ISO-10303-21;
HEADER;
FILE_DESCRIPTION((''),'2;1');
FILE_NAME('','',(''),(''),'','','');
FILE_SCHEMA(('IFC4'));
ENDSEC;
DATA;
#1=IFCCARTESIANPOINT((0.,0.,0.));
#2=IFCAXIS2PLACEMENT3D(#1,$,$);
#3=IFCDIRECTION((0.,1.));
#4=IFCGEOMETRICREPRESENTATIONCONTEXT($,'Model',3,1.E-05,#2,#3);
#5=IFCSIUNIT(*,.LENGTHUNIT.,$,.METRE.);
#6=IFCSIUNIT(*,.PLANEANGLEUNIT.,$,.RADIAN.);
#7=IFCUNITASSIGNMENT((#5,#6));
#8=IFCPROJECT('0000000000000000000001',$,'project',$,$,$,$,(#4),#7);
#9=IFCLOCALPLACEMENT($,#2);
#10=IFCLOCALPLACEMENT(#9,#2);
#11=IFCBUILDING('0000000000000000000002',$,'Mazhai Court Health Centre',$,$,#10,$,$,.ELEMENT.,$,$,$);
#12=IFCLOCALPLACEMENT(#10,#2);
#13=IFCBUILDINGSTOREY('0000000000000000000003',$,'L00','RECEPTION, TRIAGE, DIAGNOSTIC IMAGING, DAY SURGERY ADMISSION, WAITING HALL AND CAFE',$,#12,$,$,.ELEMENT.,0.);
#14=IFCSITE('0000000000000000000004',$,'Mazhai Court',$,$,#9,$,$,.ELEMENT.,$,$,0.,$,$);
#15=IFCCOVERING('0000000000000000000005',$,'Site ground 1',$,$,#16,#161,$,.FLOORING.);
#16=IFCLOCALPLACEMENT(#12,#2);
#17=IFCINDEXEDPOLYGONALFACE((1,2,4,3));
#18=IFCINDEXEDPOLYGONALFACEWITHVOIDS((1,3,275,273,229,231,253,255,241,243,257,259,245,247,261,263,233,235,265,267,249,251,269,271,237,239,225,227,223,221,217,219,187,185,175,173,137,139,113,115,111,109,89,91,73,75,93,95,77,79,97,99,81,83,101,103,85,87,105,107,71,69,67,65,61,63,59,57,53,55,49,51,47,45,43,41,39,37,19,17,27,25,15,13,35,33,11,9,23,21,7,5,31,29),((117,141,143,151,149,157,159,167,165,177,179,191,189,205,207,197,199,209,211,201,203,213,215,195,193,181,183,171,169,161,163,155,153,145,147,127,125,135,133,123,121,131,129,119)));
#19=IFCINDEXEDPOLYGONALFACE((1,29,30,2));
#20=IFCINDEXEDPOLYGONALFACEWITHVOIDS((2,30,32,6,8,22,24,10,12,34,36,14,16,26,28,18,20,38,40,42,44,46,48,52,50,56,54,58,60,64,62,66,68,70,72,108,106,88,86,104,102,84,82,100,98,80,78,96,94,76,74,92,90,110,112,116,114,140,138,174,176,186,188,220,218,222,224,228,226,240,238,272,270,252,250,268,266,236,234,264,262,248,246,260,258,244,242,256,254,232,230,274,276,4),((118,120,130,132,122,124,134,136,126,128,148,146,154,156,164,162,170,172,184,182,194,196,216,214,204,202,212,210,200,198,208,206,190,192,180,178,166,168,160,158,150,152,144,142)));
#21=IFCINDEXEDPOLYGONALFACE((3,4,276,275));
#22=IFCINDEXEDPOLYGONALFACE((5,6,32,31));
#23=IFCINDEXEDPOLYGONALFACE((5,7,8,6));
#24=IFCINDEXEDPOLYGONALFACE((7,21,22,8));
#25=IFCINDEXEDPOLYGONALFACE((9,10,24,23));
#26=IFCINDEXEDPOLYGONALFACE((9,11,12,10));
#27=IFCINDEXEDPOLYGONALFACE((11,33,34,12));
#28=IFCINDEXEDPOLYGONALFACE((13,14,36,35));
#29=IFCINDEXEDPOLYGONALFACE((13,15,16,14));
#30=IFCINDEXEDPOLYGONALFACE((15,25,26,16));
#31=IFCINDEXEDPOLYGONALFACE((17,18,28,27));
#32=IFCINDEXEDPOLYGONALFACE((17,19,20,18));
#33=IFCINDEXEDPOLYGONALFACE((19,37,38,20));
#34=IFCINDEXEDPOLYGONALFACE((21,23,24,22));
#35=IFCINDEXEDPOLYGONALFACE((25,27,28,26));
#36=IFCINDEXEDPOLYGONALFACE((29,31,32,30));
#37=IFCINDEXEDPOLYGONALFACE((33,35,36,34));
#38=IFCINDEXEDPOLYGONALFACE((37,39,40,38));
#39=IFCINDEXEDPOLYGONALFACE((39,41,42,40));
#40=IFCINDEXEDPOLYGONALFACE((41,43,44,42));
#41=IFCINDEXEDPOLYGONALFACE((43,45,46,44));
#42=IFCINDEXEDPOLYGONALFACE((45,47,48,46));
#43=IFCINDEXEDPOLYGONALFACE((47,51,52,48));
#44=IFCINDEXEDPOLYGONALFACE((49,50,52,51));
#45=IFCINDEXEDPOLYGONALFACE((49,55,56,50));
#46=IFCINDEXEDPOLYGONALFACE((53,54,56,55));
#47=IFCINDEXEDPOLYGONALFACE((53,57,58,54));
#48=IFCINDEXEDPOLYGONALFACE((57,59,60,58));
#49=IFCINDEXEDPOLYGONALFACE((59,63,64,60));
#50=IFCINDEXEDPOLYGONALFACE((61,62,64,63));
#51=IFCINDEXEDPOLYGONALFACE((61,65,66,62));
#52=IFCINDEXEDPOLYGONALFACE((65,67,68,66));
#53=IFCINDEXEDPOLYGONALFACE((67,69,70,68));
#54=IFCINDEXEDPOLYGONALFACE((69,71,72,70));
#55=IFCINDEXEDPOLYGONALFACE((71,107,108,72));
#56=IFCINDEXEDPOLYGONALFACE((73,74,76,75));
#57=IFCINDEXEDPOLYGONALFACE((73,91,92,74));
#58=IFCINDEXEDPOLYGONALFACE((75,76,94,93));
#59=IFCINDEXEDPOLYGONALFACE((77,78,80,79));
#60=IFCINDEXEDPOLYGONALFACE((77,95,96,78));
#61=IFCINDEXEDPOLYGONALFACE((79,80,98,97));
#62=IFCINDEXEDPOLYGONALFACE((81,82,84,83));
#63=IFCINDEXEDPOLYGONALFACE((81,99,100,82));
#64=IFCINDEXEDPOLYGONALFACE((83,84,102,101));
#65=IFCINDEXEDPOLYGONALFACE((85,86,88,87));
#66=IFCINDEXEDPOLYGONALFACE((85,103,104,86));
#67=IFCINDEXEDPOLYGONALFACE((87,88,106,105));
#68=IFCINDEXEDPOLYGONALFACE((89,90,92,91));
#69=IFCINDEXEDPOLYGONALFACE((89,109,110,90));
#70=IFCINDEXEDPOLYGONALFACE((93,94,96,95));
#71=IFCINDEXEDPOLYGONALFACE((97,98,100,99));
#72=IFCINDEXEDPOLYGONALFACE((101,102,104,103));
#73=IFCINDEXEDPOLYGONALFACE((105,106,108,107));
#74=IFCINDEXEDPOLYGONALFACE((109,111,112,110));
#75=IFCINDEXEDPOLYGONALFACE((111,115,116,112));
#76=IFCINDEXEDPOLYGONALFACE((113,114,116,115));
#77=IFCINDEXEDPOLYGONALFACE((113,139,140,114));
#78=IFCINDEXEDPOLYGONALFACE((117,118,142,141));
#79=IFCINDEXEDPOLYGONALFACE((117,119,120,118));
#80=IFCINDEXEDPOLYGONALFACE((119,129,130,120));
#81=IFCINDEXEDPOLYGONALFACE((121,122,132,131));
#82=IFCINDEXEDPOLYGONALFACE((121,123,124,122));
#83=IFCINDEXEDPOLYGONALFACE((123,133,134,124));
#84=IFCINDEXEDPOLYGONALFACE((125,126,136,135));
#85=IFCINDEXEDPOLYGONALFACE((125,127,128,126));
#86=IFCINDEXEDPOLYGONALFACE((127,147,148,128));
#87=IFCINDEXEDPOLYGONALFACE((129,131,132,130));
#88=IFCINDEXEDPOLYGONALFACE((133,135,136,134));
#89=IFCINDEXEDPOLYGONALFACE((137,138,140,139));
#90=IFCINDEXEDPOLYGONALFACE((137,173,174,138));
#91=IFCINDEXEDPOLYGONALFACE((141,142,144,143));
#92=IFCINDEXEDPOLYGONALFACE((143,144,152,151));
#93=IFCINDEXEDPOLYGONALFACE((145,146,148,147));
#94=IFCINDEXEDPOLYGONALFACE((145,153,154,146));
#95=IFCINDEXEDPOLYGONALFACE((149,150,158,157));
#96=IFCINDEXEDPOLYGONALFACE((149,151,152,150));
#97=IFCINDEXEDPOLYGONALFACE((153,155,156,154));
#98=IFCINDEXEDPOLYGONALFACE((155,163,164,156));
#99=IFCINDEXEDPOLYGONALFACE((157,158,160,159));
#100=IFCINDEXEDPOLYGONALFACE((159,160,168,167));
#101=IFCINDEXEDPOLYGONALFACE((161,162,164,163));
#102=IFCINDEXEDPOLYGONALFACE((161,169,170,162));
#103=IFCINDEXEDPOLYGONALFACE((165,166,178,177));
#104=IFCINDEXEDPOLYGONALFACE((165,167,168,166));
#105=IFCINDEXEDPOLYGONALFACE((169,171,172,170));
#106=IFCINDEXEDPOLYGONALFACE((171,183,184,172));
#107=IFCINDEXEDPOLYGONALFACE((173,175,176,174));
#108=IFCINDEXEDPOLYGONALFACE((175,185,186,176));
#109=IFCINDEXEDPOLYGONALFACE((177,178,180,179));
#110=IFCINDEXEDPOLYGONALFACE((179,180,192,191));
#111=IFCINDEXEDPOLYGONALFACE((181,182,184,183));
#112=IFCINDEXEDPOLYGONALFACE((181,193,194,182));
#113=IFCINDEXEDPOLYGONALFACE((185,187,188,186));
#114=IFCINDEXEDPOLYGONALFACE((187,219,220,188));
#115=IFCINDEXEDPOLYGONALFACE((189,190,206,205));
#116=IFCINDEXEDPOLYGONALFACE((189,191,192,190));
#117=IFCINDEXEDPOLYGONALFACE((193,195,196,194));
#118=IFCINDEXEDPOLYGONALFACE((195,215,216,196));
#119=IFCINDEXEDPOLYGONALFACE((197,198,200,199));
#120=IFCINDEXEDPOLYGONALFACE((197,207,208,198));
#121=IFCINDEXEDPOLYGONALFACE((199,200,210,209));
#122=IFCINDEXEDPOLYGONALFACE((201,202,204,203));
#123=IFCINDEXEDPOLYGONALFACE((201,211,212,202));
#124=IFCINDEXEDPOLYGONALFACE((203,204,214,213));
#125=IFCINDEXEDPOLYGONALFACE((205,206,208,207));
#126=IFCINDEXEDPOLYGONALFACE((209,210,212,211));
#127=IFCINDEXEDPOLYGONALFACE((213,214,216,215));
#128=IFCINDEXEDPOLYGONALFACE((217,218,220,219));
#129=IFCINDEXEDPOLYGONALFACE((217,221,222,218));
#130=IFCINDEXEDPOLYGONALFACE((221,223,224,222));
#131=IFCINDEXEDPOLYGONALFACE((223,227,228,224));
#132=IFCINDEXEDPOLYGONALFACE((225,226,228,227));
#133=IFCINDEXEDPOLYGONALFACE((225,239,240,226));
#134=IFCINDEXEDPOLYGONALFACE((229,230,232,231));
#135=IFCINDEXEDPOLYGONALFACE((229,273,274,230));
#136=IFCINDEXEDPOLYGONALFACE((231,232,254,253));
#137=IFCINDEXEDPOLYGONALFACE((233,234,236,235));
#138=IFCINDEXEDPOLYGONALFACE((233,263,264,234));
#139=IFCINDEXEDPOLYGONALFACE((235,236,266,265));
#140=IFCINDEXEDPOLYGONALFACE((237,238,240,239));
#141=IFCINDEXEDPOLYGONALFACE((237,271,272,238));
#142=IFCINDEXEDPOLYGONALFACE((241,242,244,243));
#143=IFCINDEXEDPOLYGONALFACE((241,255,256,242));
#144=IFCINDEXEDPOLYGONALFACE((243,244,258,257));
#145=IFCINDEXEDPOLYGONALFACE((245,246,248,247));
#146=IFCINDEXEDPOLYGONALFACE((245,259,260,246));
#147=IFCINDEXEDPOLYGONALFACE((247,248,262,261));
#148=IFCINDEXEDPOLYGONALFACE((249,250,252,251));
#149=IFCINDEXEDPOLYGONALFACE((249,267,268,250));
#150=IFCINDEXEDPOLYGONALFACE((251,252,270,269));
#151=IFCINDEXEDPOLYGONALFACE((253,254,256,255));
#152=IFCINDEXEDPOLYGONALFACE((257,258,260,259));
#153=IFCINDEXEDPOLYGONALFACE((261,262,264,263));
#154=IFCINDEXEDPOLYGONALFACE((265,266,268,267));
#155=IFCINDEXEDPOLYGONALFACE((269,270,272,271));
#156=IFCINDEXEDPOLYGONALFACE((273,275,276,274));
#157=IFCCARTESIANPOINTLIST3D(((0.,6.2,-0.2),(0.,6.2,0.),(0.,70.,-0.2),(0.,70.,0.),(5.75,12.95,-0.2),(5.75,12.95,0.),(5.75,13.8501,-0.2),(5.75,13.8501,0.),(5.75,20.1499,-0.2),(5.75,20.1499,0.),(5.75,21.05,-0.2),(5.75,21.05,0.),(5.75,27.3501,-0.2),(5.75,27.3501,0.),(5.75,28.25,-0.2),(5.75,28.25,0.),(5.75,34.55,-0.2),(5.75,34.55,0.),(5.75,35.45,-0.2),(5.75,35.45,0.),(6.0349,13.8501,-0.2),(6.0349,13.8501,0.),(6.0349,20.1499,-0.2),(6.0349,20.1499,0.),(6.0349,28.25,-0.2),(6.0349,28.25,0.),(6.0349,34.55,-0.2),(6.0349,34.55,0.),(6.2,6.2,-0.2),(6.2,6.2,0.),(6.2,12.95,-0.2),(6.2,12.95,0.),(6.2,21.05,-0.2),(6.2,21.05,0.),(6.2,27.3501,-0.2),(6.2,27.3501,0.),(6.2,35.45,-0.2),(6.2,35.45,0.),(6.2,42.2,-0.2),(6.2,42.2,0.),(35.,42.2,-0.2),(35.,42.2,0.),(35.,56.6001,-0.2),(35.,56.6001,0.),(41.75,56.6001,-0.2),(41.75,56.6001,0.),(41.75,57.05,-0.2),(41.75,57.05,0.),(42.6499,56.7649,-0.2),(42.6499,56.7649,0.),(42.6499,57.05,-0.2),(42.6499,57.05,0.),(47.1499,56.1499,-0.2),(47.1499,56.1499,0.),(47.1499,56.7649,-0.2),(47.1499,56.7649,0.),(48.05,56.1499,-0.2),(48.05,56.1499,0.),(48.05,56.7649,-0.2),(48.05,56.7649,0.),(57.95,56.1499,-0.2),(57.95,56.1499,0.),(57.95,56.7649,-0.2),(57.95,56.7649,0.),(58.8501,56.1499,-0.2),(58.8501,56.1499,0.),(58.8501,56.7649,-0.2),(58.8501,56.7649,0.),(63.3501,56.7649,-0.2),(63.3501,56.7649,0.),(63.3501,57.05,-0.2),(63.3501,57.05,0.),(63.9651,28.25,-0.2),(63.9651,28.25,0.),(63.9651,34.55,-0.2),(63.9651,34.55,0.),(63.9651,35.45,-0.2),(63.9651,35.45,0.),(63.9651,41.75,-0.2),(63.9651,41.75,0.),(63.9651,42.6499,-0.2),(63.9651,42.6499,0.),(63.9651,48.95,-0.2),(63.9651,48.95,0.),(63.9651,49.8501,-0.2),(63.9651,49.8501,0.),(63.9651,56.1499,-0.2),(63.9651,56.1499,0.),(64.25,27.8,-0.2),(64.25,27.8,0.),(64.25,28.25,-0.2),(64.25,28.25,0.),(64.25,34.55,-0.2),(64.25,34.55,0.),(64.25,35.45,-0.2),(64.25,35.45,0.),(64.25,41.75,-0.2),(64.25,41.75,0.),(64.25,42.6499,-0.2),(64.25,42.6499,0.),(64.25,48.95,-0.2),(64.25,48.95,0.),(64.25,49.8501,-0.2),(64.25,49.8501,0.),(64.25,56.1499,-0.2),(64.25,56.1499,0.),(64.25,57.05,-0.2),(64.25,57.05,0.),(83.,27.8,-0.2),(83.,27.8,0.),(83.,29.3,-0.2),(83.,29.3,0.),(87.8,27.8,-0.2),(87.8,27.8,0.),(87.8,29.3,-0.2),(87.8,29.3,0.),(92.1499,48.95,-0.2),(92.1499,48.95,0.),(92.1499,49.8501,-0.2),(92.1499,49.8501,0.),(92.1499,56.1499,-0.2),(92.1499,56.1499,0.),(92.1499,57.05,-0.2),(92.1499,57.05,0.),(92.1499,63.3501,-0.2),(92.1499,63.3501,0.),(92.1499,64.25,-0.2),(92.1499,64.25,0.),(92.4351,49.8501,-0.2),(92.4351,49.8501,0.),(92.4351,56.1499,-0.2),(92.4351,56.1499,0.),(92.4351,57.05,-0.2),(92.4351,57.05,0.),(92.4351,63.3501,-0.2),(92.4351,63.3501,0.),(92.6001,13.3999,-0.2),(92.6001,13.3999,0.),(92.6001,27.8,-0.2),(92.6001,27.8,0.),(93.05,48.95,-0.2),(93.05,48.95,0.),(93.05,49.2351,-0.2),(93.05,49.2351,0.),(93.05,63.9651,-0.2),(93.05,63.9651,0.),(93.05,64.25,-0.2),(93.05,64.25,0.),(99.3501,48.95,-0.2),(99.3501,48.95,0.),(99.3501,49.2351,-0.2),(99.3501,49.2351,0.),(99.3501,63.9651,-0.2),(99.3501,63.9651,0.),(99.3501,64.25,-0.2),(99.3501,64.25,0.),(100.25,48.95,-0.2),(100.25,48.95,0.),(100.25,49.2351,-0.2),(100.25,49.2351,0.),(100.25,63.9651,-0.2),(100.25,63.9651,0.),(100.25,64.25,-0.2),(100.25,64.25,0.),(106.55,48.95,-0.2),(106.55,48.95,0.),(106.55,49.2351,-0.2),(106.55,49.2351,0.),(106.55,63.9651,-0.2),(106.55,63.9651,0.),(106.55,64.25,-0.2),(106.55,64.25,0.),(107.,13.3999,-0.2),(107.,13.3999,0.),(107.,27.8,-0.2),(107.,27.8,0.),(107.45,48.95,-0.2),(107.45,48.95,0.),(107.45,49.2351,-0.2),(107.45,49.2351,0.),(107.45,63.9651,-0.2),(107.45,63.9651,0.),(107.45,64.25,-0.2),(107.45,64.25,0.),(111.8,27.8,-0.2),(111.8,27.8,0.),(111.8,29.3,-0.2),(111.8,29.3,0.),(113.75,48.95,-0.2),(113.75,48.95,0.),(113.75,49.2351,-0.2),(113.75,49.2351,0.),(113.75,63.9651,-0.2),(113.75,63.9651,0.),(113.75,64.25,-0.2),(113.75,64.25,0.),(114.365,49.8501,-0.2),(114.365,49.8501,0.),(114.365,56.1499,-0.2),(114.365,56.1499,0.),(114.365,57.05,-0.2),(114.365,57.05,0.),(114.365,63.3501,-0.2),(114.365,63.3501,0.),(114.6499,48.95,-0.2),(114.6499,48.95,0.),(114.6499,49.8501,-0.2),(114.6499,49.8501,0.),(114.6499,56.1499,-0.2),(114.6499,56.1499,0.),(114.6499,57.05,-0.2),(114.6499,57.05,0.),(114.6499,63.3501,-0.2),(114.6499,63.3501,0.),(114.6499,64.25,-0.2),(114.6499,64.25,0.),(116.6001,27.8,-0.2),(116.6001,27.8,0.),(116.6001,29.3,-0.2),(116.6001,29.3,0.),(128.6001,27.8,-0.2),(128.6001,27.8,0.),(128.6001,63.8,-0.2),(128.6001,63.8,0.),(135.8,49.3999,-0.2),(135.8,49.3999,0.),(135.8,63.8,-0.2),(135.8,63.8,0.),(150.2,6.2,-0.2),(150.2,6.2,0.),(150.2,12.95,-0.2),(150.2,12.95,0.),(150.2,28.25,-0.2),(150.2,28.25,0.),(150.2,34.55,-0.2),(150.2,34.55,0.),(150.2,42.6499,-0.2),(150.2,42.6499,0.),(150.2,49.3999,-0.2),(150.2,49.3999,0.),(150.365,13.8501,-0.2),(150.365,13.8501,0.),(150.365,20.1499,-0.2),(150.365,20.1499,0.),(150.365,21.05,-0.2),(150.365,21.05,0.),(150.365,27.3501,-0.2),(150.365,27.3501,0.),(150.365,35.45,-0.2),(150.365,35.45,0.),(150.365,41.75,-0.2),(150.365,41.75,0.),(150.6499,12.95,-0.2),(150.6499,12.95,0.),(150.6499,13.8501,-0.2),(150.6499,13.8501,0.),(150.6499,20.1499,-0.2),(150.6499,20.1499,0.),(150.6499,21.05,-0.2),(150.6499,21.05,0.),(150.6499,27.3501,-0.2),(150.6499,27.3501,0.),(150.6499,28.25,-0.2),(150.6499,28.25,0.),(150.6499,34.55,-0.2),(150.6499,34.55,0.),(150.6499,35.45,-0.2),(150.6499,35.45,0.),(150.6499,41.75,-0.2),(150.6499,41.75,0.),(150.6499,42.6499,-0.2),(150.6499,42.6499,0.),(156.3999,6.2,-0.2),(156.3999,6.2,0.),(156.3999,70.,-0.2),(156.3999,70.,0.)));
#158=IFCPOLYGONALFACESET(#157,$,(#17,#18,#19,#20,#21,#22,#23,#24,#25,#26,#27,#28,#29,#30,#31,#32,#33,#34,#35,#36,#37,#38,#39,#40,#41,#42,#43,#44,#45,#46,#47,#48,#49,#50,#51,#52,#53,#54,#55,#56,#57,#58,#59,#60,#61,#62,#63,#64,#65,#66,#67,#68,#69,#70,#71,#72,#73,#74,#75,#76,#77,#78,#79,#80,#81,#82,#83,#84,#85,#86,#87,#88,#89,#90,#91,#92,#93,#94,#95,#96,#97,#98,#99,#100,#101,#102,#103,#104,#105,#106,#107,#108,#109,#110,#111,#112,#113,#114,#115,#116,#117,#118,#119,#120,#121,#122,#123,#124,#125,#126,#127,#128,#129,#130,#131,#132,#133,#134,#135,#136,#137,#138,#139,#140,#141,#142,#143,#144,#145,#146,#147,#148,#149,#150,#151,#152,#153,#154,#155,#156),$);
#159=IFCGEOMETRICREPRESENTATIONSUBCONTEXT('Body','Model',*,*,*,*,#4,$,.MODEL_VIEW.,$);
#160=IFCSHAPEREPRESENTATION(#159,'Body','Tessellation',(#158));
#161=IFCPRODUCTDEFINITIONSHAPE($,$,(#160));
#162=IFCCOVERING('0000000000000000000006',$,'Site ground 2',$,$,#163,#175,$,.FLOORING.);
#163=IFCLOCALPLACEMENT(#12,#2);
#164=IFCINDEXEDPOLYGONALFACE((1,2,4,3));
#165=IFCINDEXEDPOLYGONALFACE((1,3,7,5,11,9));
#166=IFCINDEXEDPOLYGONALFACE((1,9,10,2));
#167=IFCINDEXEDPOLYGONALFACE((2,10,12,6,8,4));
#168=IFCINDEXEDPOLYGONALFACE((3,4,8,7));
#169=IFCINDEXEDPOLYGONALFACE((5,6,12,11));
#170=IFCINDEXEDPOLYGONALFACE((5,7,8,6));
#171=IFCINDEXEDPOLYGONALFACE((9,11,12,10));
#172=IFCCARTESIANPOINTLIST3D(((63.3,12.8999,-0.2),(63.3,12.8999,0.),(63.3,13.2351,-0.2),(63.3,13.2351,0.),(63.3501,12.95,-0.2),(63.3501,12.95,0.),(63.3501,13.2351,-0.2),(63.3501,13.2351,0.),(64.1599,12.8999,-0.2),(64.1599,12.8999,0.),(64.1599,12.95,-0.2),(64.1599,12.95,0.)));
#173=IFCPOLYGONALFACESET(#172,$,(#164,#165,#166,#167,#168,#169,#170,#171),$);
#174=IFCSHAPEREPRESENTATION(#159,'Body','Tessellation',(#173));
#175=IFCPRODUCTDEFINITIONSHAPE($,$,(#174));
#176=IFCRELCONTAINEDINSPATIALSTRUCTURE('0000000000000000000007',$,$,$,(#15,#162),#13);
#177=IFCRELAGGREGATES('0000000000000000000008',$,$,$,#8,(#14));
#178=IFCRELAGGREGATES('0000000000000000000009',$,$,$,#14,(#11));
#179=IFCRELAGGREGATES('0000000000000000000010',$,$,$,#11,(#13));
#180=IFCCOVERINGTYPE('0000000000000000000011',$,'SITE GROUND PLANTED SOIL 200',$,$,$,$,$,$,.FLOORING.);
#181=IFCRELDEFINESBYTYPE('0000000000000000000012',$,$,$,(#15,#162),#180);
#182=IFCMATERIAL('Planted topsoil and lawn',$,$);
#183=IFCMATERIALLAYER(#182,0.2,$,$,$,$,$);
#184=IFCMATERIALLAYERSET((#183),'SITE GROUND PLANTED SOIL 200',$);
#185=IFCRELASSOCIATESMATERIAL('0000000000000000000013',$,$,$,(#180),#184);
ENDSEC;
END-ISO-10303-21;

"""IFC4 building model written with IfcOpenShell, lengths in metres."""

from ifc_helpers import new_model, si_unit, direction, frame, origin, place, context, subcontext, project, spatial, polyline, outline, extrude, material, layer, layer_set, type_object, element, save


model = new_model("IFC4")

# Units and contexts
model_context = context("Model", 3, precision=1e-05, world=origin(), true_north=direction((0.0, 1.0)))
body_context = subcontext(model_context, "Body", "Model", "MODEL_VIEW")
ifc_project = project(units=[si_unit("LENGTHUNIT", "METRE"), si_unit("PLANEANGLEUNIT", "RADIAN")], contexts=[model_context])

# Site, building, storey
site_placement = place(None, origin())
site = spatial("IfcSite", under=ifc_project, at=site_placement, Name="Mazhai Court", CompositionType="ELEMENT", RefElevation=0.0)
building_placement = place(site_placement, origin())
building = spatial("IfcBuilding", under=site, at=building_placement, Name="Mazhai Court Health Centre", CompositionType="ELEMENT")
storey_placement = place(building_placement, origin())
storey = spatial("IfcBuildingStorey", under=building, at=storey_placement, Name="L00", Description="RECEPTION, TRIAGE, DIAGNOSTIC IMAGING, DAY SURGERY ADMISSION, WAITING HALL AND CAFE", CompositionType="ELEMENT", Elevation=0.0)

# Coverings
ifc_material_1 = material(Name="Planted topsoil and lawn")
ifc_layer_1 = layer(ifc_material_1, 0.2)
ifc_layer_set_1 = layer_set([ifc_layer_1], Name="SITE GROUND PLANTED SOIL 200")
covering_type_1 = type_object("IfcCoveringType", Name="SITE GROUND PLANTED SOIL 200", PredefinedType="FLOORING", material=ifc_layer_set_1)
covering_1_placement = place(storey_placement, frame((0.0, 0.0, -0.2)))
element("IfcCovering", 1, at=covering_1_placement, inside=storey, type_object=covering_type_1, Name="Site ground 1", PredefinedType="FLOORING", context=body_context, shape_type="SweptSolid", body=[
    extrude(outline(polyline([(0.0, 70.0), (156.3999, 70.0), (156.3999, 6.2), (150.2, 6.2), (150.2, 12.95), (150.6499, 12.95), (150.6499, 13.8501), (150.365, 13.8501), (150.365, 20.1499), (150.6499, 20.1499), (150.6499, 21.05), (150.365, 21.05), (150.365, 27.3501), (150.6499, 27.3501), (150.6499, 28.25), (150.2, 28.25), (150.2, 34.55), (150.6499, 34.55), (150.6499, 35.45), (150.365, 35.45), (150.365, 41.75), (150.6499, 41.75), (150.6499, 42.6499), (150.2, 42.6499), (150.2, 49.3999), (135.8, 49.3999), (135.8, 63.8), (128.6001, 63.8), (128.6001, 27.8), (116.6001, 27.8), (116.6001, 29.3), (111.8, 29.3), (111.8, 27.8), (107.0, 27.8), (107.0, 13.3999), (92.6001, 13.3999), (92.6001, 27.8), (87.8, 27.8), (87.8, 29.3), (83.0, 29.3), (83.0, 27.8), (64.25, 27.8), (64.25, 28.25), (63.9651, 28.25), (63.9651, 34.55), (64.25, 34.55), (64.25, 35.45), (63.9651, 35.45), (63.9651, 41.75), (64.25, 41.75), (64.25, 42.6499), (63.9651, 42.6499), (63.9651, 48.95), (64.25, 48.95), (64.25, 49.8501), (63.9651, 49.8501), (63.9651, 56.1499), (64.25, 56.1499), (64.25, 57.05), (63.3501, 57.05), (63.3501, 56.7649), (58.8501, 56.7649), (58.8501, 56.1499), (57.95, 56.1499), (57.95, 56.7649), (48.05, 56.7649), (48.05, 56.1499), (47.1499, 56.1499), (47.1499, 56.7649), (42.6499, 56.7649), (42.6499, 57.05), (41.75, 57.05), (41.75, 56.6001), (35.0, 56.6001), (35.0, 42.2), (6.2, 42.2), (6.2, 35.45), (5.75, 35.45), (5.75, 34.55), (6.0349, 34.55), (6.0349, 28.25), (5.75, 28.25), (5.75, 27.3501), (6.2, 27.3501), (6.2, 21.05), (5.75, 21.05), (5.75, 20.1499), (6.0349, 20.1499), (6.0349, 13.8501), (5.75, 13.8501), (5.75, 12.95), (6.2, 12.95), (6.2, 6.2), (0.0, 6.2), (0.0, 70.0)]), holes=[polyline([(113.75, 49.2351), (113.75, 48.95), (114.6499, 48.95), (114.6499, 49.8501), (114.365, 49.8501), (114.365, 56.1499), (114.6499, 56.1499), (114.6499, 57.05), (114.365, 57.05), (114.365, 63.3501), (114.6499, 63.3501), (114.6499, 64.25), (113.75, 64.25), (113.75, 63.9651), (107.45, 63.9651), (107.45, 64.25), (106.55, 64.25), (106.55, 63.9651), (100.25, 63.9651), (100.25, 64.25), (99.3501, 64.25), (99.3501, 63.9651), (93.05, 63.9651), (93.05, 64.25), (92.1499, 64.25), (92.1499, 63.3501), (92.4351, 63.3501), (92.4351, 57.05), (92.1499, 57.05), (92.1499, 56.1499), (92.4351, 56.1499), (92.4351, 49.8501), (92.1499, 49.8501), (92.1499, 48.95), (93.05, 48.95), (93.05, 49.2351), (99.3501, 49.2351), (99.3501, 48.95), (100.25, 48.95), (100.25, 49.2351), (106.55, 49.2351), (106.55, 48.95), (107.45, 48.95), (107.45, 49.2351), (113.75, 49.2351)])]), origin(), (0.0, 0.0, 1.0), 0.2),
])
covering_2_placement = place(storey_placement, frame((0.0, 0.0, -0.2)))
element("IfcCovering", 2, at=covering_2_placement, inside=storey, type_object=covering_type_1, Name="Site ground 2", PredefinedType="FLOORING", context=body_context, shape_type="SweptSolid", body=[
    extrude(outline(polyline([(63.3501, 13.2351), (63.3501, 12.95), (64.1599, 12.95), (64.1599, 12.8999), (63.3, 12.8999), (63.3, 13.2351), (63.3501, 13.2351)])), origin(), (0.0, 0.0, 1.0), 0.2),
])

save(model, "model.ifc")
